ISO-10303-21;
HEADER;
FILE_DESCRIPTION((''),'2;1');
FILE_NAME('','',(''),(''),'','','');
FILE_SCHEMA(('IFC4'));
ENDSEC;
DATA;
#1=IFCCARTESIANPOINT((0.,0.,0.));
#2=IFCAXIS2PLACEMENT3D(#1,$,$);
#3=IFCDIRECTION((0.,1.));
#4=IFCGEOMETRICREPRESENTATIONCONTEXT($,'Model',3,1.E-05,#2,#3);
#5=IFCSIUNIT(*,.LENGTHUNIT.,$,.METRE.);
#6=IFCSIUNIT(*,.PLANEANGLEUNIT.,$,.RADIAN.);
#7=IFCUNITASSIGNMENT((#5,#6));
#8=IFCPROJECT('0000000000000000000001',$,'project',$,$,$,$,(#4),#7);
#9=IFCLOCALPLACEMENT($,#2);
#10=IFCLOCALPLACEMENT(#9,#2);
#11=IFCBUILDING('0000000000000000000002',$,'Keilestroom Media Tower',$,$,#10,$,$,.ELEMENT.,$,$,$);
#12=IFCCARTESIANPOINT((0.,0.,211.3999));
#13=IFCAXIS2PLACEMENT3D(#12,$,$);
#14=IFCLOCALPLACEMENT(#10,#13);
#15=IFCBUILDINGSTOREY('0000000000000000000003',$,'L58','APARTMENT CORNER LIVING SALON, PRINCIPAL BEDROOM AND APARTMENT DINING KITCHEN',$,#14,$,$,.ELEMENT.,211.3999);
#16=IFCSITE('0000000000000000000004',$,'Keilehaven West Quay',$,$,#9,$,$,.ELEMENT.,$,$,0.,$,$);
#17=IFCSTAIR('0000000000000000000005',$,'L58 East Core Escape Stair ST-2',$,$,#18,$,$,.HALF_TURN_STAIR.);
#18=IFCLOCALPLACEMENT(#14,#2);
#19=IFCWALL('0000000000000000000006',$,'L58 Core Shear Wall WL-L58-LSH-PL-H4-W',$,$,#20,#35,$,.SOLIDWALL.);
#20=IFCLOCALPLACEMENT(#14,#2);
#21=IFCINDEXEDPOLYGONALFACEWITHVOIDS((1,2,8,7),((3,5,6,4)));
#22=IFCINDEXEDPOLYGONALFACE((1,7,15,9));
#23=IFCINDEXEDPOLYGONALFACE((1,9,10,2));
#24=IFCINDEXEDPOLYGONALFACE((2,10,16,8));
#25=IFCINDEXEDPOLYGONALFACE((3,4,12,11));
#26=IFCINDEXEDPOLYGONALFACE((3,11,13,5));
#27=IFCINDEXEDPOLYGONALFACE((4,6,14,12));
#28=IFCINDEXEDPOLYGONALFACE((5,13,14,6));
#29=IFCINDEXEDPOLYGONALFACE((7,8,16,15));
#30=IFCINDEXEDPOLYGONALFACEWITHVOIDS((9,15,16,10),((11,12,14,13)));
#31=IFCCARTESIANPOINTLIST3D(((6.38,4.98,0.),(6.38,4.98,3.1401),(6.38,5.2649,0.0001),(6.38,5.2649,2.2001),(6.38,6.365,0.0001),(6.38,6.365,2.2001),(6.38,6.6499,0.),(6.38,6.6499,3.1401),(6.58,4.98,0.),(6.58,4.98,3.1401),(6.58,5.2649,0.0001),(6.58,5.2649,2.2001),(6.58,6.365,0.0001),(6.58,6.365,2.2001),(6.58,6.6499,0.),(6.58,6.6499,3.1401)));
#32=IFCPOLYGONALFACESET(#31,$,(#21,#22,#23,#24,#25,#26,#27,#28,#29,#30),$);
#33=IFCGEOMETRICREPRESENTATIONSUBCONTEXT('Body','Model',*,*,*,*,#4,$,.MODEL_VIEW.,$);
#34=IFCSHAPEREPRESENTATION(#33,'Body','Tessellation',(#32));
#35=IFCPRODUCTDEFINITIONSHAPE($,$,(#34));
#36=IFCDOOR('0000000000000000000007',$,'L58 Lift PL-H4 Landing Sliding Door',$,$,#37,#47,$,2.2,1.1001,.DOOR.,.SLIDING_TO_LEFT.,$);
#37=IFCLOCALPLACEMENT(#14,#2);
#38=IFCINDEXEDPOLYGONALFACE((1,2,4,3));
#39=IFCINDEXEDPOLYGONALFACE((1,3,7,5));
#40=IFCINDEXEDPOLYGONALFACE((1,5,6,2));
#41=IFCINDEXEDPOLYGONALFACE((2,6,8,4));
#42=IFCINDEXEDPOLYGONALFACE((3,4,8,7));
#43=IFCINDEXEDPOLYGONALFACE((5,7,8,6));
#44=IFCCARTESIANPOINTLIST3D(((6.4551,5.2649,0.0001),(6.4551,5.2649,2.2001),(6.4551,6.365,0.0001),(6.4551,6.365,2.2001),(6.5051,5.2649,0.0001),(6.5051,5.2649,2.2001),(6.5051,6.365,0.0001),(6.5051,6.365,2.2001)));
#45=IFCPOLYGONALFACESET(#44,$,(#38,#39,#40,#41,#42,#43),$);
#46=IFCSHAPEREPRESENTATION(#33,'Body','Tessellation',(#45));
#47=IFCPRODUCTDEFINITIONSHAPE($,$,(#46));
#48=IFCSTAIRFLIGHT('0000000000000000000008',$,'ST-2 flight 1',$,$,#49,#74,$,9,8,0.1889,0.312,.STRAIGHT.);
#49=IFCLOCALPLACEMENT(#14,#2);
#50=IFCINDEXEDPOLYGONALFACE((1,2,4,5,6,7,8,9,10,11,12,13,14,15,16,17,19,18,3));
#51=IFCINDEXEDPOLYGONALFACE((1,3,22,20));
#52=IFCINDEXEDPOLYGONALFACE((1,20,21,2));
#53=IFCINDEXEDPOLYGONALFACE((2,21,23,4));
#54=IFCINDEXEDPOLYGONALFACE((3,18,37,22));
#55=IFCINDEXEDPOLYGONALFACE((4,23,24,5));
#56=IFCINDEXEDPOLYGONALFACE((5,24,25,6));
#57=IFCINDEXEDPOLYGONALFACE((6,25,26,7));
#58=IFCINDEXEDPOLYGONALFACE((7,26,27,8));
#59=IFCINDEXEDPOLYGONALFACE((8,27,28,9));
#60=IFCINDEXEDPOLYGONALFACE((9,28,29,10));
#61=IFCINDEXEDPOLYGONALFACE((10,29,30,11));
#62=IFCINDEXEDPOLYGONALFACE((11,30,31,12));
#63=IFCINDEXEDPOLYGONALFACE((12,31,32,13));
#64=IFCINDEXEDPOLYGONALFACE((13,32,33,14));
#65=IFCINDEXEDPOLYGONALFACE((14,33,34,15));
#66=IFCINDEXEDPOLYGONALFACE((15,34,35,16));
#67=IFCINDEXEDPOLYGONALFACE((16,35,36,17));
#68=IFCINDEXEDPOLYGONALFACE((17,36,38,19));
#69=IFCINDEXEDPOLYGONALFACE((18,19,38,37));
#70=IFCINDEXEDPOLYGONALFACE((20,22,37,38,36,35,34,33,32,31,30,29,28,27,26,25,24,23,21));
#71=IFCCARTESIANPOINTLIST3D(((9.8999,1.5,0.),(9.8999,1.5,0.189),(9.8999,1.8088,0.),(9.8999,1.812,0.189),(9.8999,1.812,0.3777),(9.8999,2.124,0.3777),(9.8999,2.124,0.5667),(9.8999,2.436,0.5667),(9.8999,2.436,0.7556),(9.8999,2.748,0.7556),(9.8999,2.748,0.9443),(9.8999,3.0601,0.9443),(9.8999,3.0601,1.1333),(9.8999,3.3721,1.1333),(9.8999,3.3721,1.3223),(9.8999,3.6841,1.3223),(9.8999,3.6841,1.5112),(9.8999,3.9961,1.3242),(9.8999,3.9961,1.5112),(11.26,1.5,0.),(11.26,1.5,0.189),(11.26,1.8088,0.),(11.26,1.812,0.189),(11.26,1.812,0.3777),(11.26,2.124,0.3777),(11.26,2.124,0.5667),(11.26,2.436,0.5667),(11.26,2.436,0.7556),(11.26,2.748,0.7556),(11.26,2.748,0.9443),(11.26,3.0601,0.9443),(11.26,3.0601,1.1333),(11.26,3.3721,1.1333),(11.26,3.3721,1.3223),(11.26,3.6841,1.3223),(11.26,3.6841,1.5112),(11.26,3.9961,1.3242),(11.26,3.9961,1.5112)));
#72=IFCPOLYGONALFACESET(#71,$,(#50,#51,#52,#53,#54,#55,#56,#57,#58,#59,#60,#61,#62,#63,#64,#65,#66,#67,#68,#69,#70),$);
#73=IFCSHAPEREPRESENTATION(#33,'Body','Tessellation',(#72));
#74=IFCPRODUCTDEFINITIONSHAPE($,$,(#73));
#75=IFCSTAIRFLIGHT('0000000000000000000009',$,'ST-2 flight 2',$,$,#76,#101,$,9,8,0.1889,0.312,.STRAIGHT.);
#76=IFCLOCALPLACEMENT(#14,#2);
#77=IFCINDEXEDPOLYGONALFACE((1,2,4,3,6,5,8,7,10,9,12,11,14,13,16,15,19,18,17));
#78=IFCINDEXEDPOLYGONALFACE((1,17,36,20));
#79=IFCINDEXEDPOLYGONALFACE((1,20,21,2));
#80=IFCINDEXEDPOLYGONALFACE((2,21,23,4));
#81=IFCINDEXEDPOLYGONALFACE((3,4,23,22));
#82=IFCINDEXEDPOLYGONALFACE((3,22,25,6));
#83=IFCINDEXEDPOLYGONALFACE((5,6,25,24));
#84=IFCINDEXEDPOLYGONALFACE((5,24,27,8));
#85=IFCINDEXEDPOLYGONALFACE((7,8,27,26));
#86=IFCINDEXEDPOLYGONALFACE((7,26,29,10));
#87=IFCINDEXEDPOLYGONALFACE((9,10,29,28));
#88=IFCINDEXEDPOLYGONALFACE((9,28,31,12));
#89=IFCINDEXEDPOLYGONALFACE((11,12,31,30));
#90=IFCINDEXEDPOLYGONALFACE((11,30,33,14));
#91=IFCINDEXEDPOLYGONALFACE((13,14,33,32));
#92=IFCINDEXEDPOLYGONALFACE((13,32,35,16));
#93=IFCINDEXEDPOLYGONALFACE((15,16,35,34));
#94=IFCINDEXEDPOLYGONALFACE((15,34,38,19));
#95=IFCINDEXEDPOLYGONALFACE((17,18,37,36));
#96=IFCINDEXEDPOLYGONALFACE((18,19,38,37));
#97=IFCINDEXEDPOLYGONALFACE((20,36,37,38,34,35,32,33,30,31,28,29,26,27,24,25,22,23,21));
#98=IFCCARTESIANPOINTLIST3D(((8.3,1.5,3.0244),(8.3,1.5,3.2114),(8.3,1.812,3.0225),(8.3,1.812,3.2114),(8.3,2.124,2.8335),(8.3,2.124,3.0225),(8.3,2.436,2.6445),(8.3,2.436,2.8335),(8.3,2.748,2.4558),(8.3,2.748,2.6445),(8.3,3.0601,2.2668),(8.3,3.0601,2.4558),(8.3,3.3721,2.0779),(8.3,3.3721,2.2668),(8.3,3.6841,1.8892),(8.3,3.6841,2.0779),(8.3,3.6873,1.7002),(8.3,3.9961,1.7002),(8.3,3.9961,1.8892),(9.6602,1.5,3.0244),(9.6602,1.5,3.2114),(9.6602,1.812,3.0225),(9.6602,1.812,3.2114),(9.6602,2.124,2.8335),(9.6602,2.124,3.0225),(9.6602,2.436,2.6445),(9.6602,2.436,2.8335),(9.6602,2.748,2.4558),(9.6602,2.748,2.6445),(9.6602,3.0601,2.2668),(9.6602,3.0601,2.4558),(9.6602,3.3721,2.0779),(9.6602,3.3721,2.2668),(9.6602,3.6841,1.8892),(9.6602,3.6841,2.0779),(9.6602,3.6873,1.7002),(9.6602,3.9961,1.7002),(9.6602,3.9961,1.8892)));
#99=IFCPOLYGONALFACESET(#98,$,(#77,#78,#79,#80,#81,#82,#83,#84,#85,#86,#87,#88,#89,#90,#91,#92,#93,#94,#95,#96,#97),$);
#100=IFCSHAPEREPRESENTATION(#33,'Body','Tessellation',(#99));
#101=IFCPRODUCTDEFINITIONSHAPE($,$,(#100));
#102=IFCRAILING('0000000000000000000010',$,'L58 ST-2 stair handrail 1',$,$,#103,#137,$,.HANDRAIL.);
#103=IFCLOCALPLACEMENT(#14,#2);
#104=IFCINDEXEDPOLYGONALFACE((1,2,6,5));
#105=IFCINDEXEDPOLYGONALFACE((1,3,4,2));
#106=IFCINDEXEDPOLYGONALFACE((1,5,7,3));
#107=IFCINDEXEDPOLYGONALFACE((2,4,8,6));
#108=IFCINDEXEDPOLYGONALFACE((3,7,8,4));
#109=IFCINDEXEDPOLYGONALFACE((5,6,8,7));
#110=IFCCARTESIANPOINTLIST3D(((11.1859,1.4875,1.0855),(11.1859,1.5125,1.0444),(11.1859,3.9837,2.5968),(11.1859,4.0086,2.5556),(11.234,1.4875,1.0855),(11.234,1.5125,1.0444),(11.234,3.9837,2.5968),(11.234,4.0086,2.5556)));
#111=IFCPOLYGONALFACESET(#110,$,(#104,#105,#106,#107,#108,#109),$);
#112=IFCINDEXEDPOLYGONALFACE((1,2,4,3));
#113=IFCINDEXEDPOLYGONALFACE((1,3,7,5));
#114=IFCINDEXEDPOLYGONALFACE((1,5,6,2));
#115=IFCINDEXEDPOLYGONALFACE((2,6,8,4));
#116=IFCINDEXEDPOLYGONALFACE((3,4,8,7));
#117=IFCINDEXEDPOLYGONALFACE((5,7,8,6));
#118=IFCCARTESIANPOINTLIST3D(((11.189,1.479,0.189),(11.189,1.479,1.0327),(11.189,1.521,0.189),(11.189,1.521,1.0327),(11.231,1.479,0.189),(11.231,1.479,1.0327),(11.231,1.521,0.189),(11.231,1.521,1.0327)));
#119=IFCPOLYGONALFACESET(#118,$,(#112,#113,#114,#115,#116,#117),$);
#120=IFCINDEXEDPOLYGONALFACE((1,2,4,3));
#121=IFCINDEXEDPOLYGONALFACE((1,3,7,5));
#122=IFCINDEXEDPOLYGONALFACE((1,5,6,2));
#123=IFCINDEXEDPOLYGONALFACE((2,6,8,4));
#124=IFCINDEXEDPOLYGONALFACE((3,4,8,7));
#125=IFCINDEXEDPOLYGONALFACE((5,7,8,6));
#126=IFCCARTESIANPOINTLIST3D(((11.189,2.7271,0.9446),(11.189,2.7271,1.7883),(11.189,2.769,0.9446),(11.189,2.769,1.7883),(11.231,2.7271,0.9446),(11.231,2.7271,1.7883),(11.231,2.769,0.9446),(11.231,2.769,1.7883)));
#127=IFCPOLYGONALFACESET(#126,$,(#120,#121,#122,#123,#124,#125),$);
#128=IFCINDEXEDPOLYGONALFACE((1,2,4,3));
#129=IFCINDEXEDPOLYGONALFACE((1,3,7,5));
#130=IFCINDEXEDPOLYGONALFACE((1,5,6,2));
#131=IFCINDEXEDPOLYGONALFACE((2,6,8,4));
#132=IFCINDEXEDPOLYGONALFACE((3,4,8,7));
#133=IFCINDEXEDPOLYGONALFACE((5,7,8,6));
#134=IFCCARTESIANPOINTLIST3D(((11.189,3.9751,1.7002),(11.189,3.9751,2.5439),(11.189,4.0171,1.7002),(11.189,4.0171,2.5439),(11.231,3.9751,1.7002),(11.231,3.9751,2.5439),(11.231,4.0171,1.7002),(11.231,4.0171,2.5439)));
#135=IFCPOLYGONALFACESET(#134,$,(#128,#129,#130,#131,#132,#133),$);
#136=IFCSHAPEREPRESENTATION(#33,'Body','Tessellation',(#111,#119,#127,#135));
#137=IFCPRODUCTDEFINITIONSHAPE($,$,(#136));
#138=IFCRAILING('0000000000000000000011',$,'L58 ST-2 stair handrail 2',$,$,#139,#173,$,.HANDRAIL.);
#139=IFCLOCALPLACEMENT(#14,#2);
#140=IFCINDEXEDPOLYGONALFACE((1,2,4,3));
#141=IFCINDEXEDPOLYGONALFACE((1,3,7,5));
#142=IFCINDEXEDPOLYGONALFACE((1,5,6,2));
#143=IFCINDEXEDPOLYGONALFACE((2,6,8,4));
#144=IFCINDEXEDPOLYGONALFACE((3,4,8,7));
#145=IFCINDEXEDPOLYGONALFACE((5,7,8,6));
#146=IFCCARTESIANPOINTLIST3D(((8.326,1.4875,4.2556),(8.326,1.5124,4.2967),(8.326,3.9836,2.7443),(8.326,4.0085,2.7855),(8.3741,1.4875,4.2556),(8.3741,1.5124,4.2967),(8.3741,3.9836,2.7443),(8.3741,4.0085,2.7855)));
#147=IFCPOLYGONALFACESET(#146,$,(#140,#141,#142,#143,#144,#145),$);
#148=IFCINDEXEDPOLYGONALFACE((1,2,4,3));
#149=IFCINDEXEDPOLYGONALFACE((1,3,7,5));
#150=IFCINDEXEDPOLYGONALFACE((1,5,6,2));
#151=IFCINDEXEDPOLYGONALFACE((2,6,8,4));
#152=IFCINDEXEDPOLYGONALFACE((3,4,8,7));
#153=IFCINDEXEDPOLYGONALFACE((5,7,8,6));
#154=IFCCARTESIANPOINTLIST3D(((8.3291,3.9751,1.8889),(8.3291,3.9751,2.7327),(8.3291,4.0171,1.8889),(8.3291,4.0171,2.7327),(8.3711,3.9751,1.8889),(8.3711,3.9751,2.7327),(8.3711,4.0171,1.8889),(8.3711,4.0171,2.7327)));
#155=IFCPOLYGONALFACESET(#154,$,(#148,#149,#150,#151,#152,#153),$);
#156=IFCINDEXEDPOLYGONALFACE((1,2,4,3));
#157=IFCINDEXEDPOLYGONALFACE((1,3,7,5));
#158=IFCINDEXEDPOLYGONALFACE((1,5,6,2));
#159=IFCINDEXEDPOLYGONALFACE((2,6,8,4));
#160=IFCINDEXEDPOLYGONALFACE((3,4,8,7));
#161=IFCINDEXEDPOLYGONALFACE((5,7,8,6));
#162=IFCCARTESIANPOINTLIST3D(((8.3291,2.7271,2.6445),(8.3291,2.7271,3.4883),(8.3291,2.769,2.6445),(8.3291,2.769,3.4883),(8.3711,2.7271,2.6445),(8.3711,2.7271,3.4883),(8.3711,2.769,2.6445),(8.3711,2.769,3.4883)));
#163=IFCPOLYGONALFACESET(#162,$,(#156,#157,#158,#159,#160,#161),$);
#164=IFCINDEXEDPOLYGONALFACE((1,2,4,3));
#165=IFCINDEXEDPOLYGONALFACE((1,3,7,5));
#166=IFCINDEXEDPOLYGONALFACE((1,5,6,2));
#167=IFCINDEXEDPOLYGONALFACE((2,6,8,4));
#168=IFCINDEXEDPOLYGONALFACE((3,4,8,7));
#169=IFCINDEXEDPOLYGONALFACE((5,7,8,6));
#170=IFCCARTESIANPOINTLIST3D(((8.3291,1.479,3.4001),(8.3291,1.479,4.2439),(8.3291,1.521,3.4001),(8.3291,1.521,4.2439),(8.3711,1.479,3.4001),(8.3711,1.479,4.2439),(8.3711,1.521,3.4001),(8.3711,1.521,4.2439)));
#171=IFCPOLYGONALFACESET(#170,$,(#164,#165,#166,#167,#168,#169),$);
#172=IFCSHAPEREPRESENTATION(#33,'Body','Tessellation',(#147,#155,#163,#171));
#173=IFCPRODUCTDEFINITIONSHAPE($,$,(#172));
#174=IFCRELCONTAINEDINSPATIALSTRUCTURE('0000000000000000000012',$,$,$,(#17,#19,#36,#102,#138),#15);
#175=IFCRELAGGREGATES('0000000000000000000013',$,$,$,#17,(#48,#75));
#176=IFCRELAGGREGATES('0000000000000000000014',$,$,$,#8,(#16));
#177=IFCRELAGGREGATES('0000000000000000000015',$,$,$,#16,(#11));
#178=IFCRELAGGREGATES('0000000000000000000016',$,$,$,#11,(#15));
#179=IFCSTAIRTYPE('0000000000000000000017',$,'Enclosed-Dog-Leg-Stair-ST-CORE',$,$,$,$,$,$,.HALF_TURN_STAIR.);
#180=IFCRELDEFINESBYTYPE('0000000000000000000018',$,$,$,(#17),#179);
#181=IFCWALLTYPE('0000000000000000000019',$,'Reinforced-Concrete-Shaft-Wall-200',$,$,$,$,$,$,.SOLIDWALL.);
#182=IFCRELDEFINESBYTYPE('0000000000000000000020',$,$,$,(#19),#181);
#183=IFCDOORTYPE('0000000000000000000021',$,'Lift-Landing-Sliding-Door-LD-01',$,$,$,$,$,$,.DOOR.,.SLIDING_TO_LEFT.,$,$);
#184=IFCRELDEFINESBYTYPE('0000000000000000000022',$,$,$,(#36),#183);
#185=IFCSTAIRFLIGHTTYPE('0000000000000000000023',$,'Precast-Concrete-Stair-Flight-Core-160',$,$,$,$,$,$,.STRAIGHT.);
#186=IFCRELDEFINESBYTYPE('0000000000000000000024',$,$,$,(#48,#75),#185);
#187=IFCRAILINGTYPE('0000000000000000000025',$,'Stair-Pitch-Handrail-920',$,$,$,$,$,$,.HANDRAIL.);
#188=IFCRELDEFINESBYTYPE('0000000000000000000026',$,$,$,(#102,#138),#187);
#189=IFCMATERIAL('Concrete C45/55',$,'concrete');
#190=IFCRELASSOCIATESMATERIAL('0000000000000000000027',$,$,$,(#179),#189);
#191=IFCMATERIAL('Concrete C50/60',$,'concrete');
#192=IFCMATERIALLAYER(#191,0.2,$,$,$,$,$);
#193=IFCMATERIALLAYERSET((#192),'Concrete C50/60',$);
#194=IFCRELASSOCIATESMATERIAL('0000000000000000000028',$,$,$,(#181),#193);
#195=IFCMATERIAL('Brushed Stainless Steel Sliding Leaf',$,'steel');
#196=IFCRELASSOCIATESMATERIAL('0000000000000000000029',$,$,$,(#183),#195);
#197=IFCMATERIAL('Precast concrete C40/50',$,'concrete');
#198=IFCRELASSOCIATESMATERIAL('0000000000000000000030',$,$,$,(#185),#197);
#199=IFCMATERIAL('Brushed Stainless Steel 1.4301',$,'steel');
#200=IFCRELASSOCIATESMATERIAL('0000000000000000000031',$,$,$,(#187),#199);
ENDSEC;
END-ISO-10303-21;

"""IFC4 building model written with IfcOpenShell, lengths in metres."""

from ifc_helpers import new_model, si_unit, direction, frame, frame_2d, origin, origin_2d, place, context, subcontext, project, spatial, polyline, rectangle, outline, extrude, source, transform, mapped, material, layer, layer_set, type_object, element, fill, aggregate, save


model = new_model("IFC4")

# Units and contexts
model_context = context("Model", 3, precision=1e-05, world=origin(), true_north=direction((0.0, 1.0)))
body_context = subcontext(model_context, "Body", "Model", "MODEL_VIEW")
ifc_project = project(units=[si_unit("LENGTHUNIT", "METRE"), si_unit("PLANEANGLEUNIT", "RADIAN")], contexts=[model_context])

# Site, building, storey
site_placement = place(None, origin())
site = spatial("IfcSite", under=ifc_project, at=site_placement, Name="Keilehaven West Quay", CompositionType="ELEMENT", RefElevation=0.0)
building_placement = place(site_placement, origin())
building = spatial("IfcBuilding", under=site, at=building_placement, Name="Keilestroom Media Tower", CompositionType="ELEMENT")
storey_placement = place(building_placement, frame((0.0, 0.0, 211.3999)))
storey = spatial("IfcBuildingStorey", under=building, at=storey_placement, Name="L58", Description="APARTMENT CORNER LIVING SALON, PRINCIPAL BEDROOM AND APARTMENT DINING KITCHEN", CompositionType="ELEMENT", Elevation=211.3999)

# Stair
ifc_material_1 = material(Name="Concrete C45/55", Category="concrete")
stair_type = type_object("IfcStairType", Name="Enclosed-Dog-Leg-Stair-ST-CORE", PredefinedType="HALF_TURN_STAIR", material=ifc_material_1)
stair_1_placement = place(storey_placement, origin())
stair_1 = element("IfcStair", 1, at=stair_1_placement, inside=storey, type_object=stair_type, Name="L58 East Core Escape Stair ST-2", PredefinedType="HALF_TURN_STAIR")

# Shared definitions
ifc_material_2 = material(Name="Precast concrete C40/50", Category="concrete")
ifc_material_3 = material(Name="Concrete C50/60", Category="concrete")
ifc_layer_1 = layer(ifc_material_3, 0.2)
ifc_layer_set_1 = layer_set([ifc_layer_1], Name="Concrete C50/60")
wall_type_1 = type_object("IfcWallType", Name="Reinforced-Concrete-Shaft-Wall-200", PredefinedType="SOLIDWALL", material=ifc_layer_set_1)

# Shared definitions
ifc_material_4 = material(Name="Brushed Stainless Steel Sliding Leaf", Category="steel")
door_type = type_object("IfcDoorType", Name="Lift-Landing-Sliding-Door-LD-01", OperationType="SLIDING_TO_LEFT", PredefinedType="DOOR", material=ifc_material_4)
shared_shape_1 = source(origin(), body_context, "Body", "SweptSolid", [
    extrude(rectangle(XDim=1.1001, YDim=2.2, at=frame_2d((0.55, 1.1001))), frame((0.0, 0.0249, 0.0), z_axis=(0.0, -1.0, 0.0), x_axis=(1.0, 0.0, 0.0)), (0.0, 0.0, 1.0), 0.05),
])

# Wall, opening, door
wall_1_placement = place(storey_placement, frame((6.48, 4.98, 0.0), z_axis=(0.0, 0.0, 1.0), x_axis=(0.0, 1.0, 0.0)))
wall_1 = element("IfcWall", 2, at=wall_1_placement, inside=storey, type_object=wall_type_1, Name="L58 Core Shear Wall WL-L58-LSH-PL-H4-W", PredefinedType="SOLIDWALL", context=body_context, shape_type="SweptSolid", body=[
    extrude(rectangle(XDim=1.6699, YDim=0.2, at=frame_2d((0.835, 0.0))), origin(), (0.0, 0.0, 1.0), 3.1401),
])
opening_1_placement = place(wall_1_placement, frame((0.2849, 0.0, 0.0)))
opening_1 = element("IfcOpeningElement", 3, at=opening_1_placement, cuts=wall_1, PredefinedType="OPENING", context=body_context, shape_type="SweptSolid", body=[
    extrude(rectangle(XDim=1.1001, YDim=2.2, at=frame_2d((0.55, 1.1001))), frame((0.0, 0.1099, 0.0), z_axis=(0.0, -1.0, 0.0), x_axis=(1.0, 0.0, 0.0)), (0.0, 0.0, 1.0), 0.22),
])
door_1_placement = place(opening_1_placement, origin())
door_1 = element("IfcDoor", 4, at=door_1_placement, inside=storey, type_object=door_type, Name="L58 Lift PL-H4 Landing Sliding Door", OperationType="SLIDING_TO_LEFT", OverallHeight=2.2, OverallWidth=1.1001, PredefinedType="DOOR", context=body_context, shape_type="MappedRepresentation", body=[
    mapped(shared_shape_1, transform((0.0, 0.0, 0.0), x_axis=(1.0, 0.0, 0.0), y_axis=(0.0, 1.0, 0.0), z_axis=(0.0, 0.0, 1.0), scale=1.0)),
])
fill(opening_1, door_1)

# Stair flights
stair_flight_type = type_object("IfcStairFlightType", Name="Precast-Concrete-Stair-Flight-Core-160", PredefinedType="STRAIGHT", material=ifc_material_2)
stair_flight_1_placement = place(storey_placement, frame((10.5801, 1.5, 0.0), z_axis=(0.0, 0.0, 1.0), x_axis=(0.0, 1.0, 0.0)))
stair_flight_1 = element("IfcStairFlight", 5, at=stair_flight_1_placement, type_object=stair_flight_type, Name="ST-2 flight 1", NumberOfRisers=9, NumberOfTreads=8, PredefinedType="STRAIGHT", RiserHeight=0.1889, TreadLength=0.312, context=body_context, shape_type="SweptSolid", body=[
    extrude(outline(polyline([(0.0, 0.0), (0.0, 0.189), (0.312, 0.189), (0.312, 0.3777), (0.624, 0.3777), (0.624, 0.5667), (0.936, 0.5667), (0.936, 0.7556), (1.248, 0.7556), (1.248, 0.9443), (1.5601, 0.9443), (1.5601, 1.1333), (1.8721, 1.1333), (1.8721, 1.3223), (2.1841, 1.3223), (2.1841, 1.5112), (2.4961, 1.5112), (2.4961, 1.7), (2.4961, 1.3242), (0.3088, 0.0), (0.0, 0.0)])), frame((0.0, 0.6802, 0.0), z_axis=(0.0, -1.0, 0.0), x_axis=(1.0, 0.0, 0.0)), (0.0, 0.0, 1.0), 1.3601),
])
stair_flight_2_placement = place(storey_placement, frame((8.98, 3.9961, 1.7002), z_axis=(0.0, 0.0, 1.0), x_axis=(0.0, -1.0, 0.0)))
stair_flight_2 = element("IfcStairFlight", 6, at=stair_flight_2_placement, type_object=stair_flight_type, Name="ST-2 flight 2", NumberOfRisers=9, NumberOfTreads=8, PredefinedType="STRAIGHT", RiserHeight=0.1889, TreadLength=0.312, context=body_context, shape_type="SweptSolid", body=[
    extrude(outline(polyline([(0.0, 0.0), (0.0, 0.189), (0.312, 0.189), (0.312, 0.3777), (0.624, 0.3777), (0.624, 0.5667), (0.936, 0.5667), (0.936, 0.7556), (1.248, 0.7556), (1.248, 0.9443), (1.5601, 0.9443), (1.5601, 1.1333), (1.8721, 1.1333), (1.8721, 1.3223), (2.1841, 1.3223), (2.1841, 1.5112), (2.4961, 1.5112), (2.4961, 1.7), (2.4961, 1.3242), (0.3088, 0.0), (0.0, 0.0)])), frame((0.0, 0.6802, 0.0), z_axis=(0.0, -1.0, 0.0), x_axis=(1.0, 0.0, 0.0)), (0.0, 0.0, 1.0), 1.3601),
])
aggregate(stair_1, [stair_flight_1, stair_flight_2])

# Railings
ifc_material_5 = material(Name="Brushed Stainless Steel 1.4301", Category="steel")
railing_type_1 = type_object("IfcRailingType", Name="Stair-Pitch-Handrail-920", PredefinedType="HANDRAIL", material=ifc_material_5)
railing_1_placement = place(storey_placement, frame((11.21, 1.5, 0.189)))
element("IfcRailing", 7, at=railing_1_placement, inside=storey, type_object=railing_type_1, Name="L58 ST-2 stair handrail 1", PredefinedType="HANDRAIL", context=body_context, shape_type="SweptSolid", body=[
    extrude(rectangle(XDim=0.0481, YDim=0.0481, at=origin_2d()), frame((0.0, 0.0, 0.876), z_axis=(0.0, 0.855434, 0.517912), x_axis=(-1.0, 0.0, 0.0)), (0.0, 0.0, 1.0), 2.918),
    extrude(rectangle(XDim=0.042, YDim=0.042, at=origin_2d()), origin(), (0.0, 0.0, 1.0), 0.8438),
    extrude(rectangle(XDim=0.042, YDim=0.042, at=origin_2d()), frame((0.0, 1.248, 0.7556)), (0.0, 0.0, 1.0), 0.8438),
    extrude(rectangle(XDim=0.042, YDim=0.042, at=origin_2d()), frame((0.0, 2.4961, 1.5112)), (0.0, 0.0, 1.0), 0.8438),
])
railing_2_placement = place(storey_placement, frame((8.3501, 3.9961, 1.8889)))
element("IfcRailing", 8, at=railing_2_placement, inside=storey, type_object=railing_type_1, Name="L58 ST-2 stair handrail 2", PredefinedType="HANDRAIL", context=body_context, shape_type="SweptSolid", body=[
    extrude(rectangle(XDim=0.0481, YDim=0.0481, at=origin_2d()), frame((0.0, 0.0, 0.876), z_axis=(0.0, -0.855434, 0.517912), x_axis=(1.0, 0.0, 0.0)), (0.0, 0.0, 1.0), 2.918),
    extrude(rectangle(XDim=0.042, YDim=0.042, at=origin_2d()), origin(), (0.0, 0.0, 1.0), 0.8438),
    extrude(rectangle(XDim=0.042, YDim=0.042, at=origin_2d()), frame((0.0, -1.248, 0.7556)), (0.0, 0.0, 1.0), 0.8438),
    extrude(rectangle(XDim=0.042, YDim=0.042, at=origin_2d()), frame((0.0, -2.4961, 1.5112)), (0.0, 0.0, 1.0), 0.8438),
])

save(model, "model.ifc")
